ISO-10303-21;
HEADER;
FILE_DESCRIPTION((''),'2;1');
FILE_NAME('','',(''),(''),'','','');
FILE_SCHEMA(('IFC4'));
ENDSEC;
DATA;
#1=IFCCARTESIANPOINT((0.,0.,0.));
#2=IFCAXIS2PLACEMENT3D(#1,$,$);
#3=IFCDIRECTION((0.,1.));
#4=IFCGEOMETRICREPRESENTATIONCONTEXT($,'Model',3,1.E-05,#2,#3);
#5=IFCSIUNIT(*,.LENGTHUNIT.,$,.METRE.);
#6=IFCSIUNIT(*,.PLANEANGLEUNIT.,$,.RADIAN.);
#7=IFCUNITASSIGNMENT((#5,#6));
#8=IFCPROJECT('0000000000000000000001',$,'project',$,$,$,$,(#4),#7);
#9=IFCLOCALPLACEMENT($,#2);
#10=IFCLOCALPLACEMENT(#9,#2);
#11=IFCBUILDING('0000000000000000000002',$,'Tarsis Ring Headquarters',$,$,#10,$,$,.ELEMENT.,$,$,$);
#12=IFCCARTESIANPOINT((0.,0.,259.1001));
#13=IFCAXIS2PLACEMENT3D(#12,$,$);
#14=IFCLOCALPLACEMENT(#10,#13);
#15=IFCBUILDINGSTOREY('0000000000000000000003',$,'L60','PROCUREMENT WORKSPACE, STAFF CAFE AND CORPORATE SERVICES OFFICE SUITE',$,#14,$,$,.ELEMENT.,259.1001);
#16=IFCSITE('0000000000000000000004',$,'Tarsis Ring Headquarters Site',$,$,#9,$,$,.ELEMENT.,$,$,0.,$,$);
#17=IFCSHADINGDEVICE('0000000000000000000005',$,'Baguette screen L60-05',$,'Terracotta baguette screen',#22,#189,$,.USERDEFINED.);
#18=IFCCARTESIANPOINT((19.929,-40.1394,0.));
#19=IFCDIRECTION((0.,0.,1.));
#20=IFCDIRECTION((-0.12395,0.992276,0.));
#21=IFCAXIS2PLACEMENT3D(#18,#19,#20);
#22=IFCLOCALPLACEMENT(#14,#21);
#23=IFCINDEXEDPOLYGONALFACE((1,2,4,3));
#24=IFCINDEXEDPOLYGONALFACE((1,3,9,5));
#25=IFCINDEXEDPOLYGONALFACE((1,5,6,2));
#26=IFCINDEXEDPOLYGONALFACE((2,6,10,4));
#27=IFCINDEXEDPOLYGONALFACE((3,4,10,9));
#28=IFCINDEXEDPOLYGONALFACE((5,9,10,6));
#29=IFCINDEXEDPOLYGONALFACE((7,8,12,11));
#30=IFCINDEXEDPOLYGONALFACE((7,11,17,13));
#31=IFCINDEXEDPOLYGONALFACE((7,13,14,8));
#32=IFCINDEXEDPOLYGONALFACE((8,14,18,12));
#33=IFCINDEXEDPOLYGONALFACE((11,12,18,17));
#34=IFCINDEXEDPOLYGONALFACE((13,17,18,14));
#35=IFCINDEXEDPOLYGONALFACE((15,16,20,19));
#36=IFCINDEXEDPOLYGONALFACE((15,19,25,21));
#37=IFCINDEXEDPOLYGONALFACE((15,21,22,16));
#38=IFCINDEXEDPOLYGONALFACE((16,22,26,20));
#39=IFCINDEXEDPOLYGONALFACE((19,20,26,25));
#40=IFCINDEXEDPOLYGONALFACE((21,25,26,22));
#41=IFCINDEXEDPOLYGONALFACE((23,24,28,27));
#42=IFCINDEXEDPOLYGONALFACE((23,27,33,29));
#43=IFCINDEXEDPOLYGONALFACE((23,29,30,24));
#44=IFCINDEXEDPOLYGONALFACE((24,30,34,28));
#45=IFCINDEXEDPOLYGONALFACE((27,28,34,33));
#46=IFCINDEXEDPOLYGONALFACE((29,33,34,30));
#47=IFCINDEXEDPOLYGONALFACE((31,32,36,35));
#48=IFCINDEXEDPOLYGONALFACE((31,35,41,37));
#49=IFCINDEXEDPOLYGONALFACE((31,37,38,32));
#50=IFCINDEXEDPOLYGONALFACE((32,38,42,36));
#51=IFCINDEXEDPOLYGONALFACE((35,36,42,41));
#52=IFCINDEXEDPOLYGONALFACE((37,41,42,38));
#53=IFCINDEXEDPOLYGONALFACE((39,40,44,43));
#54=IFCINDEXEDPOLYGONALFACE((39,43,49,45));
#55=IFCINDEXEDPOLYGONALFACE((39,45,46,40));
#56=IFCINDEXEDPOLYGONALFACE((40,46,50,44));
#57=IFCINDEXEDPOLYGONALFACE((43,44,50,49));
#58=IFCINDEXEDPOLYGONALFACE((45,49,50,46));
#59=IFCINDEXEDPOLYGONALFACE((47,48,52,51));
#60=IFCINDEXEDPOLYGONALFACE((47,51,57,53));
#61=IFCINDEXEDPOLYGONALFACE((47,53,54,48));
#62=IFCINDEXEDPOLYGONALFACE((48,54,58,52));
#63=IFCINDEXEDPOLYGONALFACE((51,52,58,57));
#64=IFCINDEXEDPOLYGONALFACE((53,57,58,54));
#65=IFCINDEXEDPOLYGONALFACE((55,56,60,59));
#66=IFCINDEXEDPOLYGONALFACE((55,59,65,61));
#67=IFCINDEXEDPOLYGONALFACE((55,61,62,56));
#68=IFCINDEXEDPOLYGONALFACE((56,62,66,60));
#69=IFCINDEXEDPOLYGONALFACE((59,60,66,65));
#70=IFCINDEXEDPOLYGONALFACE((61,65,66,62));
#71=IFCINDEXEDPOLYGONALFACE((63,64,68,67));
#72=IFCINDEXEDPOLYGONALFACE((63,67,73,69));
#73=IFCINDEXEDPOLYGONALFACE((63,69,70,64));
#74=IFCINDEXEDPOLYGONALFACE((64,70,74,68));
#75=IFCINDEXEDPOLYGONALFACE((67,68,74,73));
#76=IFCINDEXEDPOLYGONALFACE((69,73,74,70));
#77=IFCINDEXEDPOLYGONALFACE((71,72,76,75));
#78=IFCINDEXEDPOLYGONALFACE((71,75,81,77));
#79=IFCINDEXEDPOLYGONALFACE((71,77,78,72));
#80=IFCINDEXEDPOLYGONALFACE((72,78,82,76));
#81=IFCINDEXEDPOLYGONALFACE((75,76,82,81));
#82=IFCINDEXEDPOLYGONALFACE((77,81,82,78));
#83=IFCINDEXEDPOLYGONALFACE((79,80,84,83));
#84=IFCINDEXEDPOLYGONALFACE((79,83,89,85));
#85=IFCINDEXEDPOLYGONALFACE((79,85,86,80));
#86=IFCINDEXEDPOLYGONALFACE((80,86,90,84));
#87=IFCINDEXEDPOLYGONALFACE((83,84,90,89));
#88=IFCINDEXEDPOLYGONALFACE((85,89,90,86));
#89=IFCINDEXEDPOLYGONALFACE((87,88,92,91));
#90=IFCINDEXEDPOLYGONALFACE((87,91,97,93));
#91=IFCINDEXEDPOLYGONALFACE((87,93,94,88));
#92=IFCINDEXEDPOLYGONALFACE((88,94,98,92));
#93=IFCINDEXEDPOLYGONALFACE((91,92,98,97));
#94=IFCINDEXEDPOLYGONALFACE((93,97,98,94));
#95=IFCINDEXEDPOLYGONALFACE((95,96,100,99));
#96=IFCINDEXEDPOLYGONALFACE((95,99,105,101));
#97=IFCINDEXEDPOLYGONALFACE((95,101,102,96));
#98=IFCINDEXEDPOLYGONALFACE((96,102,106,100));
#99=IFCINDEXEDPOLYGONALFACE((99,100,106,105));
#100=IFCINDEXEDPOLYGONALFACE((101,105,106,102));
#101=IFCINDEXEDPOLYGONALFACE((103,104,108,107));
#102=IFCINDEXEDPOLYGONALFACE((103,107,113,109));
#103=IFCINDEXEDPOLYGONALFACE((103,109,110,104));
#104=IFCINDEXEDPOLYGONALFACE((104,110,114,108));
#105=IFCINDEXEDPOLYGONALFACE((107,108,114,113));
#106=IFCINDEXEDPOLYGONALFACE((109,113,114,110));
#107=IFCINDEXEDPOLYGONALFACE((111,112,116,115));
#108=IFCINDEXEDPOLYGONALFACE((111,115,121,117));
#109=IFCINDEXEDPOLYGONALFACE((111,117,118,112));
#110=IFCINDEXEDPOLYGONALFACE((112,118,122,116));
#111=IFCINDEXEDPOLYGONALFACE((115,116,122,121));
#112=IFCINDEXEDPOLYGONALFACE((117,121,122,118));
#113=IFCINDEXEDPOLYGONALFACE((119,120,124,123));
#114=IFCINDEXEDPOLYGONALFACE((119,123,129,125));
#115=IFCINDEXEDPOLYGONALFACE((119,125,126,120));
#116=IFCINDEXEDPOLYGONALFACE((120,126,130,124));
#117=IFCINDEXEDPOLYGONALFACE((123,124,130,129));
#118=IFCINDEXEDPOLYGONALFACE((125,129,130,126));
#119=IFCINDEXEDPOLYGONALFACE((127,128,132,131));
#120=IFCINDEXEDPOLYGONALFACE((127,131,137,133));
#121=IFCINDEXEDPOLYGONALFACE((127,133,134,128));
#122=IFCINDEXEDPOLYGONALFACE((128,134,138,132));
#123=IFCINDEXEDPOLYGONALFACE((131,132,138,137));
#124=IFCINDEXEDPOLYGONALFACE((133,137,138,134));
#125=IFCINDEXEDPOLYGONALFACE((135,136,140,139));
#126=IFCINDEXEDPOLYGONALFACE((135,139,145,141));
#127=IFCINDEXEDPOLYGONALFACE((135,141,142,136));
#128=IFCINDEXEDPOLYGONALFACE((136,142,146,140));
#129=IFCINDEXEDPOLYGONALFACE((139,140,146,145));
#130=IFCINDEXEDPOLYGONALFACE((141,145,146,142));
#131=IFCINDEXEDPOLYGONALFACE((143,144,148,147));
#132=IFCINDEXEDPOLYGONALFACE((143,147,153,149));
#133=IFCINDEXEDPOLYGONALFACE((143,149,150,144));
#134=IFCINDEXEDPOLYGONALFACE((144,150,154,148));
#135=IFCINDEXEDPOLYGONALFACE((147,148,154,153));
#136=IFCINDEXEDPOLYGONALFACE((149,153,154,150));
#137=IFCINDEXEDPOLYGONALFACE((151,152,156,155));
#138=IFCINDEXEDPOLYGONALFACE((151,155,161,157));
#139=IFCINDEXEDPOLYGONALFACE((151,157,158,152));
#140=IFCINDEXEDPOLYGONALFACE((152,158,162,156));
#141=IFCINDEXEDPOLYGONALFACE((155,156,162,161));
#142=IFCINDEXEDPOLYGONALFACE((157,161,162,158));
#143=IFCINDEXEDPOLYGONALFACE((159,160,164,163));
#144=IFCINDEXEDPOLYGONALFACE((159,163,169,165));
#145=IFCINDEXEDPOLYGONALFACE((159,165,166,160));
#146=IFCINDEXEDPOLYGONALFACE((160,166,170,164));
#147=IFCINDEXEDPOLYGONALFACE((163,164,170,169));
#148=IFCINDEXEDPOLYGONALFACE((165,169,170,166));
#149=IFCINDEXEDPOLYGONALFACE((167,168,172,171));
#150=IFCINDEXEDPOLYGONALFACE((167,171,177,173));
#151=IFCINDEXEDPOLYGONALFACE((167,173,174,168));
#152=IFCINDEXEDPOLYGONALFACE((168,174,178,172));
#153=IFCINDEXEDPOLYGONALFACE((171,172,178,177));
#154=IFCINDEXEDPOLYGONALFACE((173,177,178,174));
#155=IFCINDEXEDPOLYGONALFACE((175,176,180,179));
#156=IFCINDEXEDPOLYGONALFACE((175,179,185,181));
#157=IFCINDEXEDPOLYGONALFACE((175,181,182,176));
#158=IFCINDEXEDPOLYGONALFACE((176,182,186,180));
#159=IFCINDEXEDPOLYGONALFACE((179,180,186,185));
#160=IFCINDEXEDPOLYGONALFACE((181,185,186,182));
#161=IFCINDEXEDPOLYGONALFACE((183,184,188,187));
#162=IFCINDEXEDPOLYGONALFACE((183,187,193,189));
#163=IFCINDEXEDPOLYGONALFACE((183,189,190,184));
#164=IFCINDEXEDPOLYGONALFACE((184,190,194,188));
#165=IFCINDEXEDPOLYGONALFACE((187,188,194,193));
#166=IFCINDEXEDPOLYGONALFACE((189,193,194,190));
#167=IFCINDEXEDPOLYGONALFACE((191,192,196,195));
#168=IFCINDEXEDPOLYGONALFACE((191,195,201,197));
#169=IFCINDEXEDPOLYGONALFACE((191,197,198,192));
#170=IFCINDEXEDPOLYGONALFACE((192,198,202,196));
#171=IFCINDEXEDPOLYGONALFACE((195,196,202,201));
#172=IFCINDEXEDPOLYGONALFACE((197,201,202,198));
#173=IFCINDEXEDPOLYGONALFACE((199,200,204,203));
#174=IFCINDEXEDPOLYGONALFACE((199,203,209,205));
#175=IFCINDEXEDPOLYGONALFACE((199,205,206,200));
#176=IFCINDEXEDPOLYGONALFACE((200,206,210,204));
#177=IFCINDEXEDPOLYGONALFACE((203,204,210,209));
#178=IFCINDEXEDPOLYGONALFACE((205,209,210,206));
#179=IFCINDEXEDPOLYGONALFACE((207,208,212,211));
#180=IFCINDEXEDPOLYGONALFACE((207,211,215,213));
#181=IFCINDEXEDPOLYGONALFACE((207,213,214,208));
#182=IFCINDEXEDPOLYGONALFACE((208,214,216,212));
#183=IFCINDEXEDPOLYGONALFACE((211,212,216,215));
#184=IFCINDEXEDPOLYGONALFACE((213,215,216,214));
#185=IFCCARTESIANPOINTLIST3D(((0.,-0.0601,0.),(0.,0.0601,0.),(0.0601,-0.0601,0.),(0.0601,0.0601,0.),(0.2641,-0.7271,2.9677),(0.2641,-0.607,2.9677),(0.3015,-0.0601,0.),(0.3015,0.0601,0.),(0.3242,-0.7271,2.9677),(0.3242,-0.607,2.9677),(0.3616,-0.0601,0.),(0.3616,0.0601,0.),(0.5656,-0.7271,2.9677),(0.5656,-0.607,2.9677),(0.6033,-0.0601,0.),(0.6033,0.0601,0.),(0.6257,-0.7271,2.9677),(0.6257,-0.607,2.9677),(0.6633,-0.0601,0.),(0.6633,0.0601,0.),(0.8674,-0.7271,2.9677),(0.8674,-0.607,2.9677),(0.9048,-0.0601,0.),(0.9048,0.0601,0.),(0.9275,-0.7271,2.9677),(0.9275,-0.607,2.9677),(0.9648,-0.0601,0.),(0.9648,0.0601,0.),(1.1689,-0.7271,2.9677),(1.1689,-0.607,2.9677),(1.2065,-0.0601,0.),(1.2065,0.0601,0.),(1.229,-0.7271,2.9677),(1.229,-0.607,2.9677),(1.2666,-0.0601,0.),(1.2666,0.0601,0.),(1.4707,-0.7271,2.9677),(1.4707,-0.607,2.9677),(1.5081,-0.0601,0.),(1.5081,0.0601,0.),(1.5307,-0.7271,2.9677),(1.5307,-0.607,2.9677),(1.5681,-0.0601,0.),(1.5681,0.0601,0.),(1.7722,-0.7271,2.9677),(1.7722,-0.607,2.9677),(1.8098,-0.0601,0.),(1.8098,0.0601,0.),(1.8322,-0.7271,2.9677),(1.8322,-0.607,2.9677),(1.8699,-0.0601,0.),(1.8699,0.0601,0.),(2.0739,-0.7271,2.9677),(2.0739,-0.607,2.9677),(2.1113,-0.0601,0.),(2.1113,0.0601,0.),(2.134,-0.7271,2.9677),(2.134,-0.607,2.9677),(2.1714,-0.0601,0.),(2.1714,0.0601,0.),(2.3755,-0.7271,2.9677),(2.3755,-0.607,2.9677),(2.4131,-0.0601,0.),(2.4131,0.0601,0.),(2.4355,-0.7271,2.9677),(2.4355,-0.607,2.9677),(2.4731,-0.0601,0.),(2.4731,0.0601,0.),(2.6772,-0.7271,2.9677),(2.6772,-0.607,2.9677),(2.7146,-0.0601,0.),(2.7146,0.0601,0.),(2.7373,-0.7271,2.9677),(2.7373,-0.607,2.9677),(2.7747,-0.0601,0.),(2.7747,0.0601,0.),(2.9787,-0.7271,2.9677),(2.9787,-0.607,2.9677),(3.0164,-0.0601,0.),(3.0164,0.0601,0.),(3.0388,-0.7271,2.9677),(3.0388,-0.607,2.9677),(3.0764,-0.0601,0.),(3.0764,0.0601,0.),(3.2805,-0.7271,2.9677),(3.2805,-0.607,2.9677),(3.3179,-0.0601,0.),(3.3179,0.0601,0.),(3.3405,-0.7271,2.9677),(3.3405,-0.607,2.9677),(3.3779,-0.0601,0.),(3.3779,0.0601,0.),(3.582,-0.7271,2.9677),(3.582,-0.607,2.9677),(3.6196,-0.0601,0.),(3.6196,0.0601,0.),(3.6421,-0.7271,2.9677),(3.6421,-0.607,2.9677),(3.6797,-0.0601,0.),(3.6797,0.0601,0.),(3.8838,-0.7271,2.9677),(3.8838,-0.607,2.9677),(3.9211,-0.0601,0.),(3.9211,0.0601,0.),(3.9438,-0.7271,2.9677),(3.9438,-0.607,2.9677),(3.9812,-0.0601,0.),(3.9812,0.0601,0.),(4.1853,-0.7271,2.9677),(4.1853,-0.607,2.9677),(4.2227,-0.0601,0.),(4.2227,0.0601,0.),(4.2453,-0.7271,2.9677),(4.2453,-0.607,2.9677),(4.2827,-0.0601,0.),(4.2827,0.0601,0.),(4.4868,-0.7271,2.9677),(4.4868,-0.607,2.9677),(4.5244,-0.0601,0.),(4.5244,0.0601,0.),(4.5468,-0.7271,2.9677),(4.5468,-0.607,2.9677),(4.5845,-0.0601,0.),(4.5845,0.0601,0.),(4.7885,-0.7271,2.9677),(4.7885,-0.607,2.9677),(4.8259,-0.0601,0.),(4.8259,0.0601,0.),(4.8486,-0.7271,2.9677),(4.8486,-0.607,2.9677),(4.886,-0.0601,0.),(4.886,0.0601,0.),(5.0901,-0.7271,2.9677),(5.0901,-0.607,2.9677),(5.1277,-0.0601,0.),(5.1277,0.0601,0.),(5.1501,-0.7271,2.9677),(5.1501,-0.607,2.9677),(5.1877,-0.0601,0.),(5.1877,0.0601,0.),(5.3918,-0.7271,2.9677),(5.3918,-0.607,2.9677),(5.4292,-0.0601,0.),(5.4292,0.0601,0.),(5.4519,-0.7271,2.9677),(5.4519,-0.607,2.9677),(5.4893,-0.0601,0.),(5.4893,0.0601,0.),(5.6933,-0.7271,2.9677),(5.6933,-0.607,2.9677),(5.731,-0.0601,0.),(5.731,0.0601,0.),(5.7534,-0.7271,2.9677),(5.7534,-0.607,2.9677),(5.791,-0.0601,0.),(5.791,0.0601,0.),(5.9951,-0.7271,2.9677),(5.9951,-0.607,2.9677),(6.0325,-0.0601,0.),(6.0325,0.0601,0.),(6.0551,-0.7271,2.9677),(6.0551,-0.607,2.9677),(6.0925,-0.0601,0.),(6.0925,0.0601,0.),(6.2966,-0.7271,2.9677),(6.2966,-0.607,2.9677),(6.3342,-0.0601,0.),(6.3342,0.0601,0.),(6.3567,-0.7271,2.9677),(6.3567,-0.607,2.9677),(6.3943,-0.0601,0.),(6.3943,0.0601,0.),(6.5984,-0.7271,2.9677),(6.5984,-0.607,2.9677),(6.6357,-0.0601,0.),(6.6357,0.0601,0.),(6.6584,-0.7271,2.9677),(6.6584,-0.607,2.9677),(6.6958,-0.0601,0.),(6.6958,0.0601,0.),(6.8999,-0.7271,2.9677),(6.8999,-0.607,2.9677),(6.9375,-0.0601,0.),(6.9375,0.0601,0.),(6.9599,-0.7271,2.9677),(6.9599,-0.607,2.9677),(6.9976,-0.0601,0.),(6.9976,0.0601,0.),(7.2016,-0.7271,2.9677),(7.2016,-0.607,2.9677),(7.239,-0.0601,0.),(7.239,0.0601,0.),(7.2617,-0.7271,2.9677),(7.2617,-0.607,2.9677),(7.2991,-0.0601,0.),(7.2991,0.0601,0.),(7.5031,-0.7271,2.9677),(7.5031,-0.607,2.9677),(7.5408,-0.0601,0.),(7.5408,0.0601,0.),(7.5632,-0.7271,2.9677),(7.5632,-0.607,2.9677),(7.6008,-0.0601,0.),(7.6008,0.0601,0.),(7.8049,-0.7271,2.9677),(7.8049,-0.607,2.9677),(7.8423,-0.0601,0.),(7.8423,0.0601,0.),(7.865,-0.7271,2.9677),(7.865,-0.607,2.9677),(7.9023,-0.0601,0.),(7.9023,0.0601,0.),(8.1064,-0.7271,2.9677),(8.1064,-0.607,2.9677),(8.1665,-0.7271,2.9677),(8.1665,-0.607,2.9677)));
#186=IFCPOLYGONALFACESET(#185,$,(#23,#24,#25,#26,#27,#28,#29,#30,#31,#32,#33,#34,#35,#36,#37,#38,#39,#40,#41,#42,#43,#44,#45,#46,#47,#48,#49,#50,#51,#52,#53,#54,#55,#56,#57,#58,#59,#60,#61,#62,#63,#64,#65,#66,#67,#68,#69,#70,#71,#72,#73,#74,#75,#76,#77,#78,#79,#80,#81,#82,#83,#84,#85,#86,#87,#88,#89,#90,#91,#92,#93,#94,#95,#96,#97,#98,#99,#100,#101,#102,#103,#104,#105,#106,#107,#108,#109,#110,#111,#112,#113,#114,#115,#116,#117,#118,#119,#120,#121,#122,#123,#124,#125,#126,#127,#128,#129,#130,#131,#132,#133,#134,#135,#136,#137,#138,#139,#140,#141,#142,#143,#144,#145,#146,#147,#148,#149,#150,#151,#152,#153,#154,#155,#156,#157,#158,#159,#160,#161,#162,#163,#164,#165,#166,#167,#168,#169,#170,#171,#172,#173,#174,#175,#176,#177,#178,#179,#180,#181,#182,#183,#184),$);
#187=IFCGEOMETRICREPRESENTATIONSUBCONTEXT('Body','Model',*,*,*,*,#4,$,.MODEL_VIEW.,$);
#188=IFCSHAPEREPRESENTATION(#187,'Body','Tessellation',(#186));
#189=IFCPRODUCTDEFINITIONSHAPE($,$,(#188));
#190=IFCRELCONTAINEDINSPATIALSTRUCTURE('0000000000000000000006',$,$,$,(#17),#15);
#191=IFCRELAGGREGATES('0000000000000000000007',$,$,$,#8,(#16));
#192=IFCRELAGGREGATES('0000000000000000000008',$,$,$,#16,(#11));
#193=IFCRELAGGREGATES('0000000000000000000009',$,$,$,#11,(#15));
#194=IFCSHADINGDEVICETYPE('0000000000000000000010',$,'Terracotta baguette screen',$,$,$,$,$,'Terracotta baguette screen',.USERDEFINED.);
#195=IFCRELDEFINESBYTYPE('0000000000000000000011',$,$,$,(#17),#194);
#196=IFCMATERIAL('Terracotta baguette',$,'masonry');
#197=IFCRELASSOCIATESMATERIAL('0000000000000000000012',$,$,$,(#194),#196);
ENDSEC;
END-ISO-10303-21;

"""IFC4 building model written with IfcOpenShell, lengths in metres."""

from ifc_helpers import new_model, si_unit, direction, frame, frame_2d, origin, place, context, subcontext, project, spatial, rectangle, composite_profile, extrude, material, type_object, element, save


model = new_model("IFC4")

# Units and contexts
model_context = context("Model", 3, precision=1e-05, world=origin(), true_north=direction((0.0, 1.0)))
body_context = subcontext(model_context, "Body", "Model", "MODEL_VIEW")
ifc_project = project(units=[si_unit("LENGTHUNIT", "METRE"), si_unit("PLANEANGLEUNIT", "RADIAN")], contexts=[model_context])

# Site, building, storey
site_placement = place(None, origin())
site = spatial("IfcSite", under=ifc_project, at=site_placement, Name="Tarsis Ring Headquarters Site", CompositionType="ELEMENT", RefElevation=0.0)
building_placement = place(site_placement, origin())
building = spatial("IfcBuilding", under=site, at=building_placement, Name="Tarsis Ring Headquarters", CompositionType="ELEMENT")
storey_placement = place(building_placement, frame((0.0, 0.0, 259.1001)))
storey = spatial("IfcBuildingStorey", under=building, at=storey_placement, Name="L60", Description="PROCUREMENT WORKSPACE, STAFF CAFE AND CORPORATE SERVICES OFFICE SUITE", CompositionType="ELEMENT", Elevation=259.1001)

# Shading device
ifc_material_1 = material(Name="Terracotta baguette", Category="masonry")
shading_device_type_1 = type_object("IfcShadingDeviceType", Name="Terracotta baguette screen", ElementType="Terracotta baguette screen", PredefinedType="USERDEFINED", material=ifc_material_1)
shading_device_1_placement = place(storey_placement, frame((19.929, -40.1394, 0.0), z_axis=(0.0, 0.0, 1.0), x_axis=(-0.12395, 0.992276, 0.0)))
element("IfcShadingDevice", 1, at=shading_device_1_placement, inside=storey, type_object=shading_device_type_1, Name="Baguette screen L60-05", ObjectType="Terracotta baguette screen", PredefinedType="USERDEFINED", context=body_context, shape_type="SweptSolid", body=[
    extrude(composite_profile([rectangle(XDim=0.0601, YDim=0.1201, at=frame_2d((0.03, 0.0))), rectangle(XDim=0.0601, YDim=0.1201, at=frame_2d((0.3315, 0.0))), rectangle(XDim=0.0601, YDim=0.1201, at=frame_2d((0.6333, 0.0))), rectangle(XDim=0.0601, YDim=0.1201, at=frame_2d((0.9348, 0.0))), rectangle(XDim=0.0601, YDim=0.1201, at=frame_2d((1.2366, 0.0))), rectangle(XDim=0.0601, YDim=0.1201, at=frame_2d((1.5381, 0.0))), rectangle(XDim=0.0601, YDim=0.1201, at=frame_2d((1.8398, 0.0))), rectangle(XDim=0.0601, YDim=0.1201, at=frame_2d((2.1414, 0.0))), rectangle(XDim=0.0601, YDim=0.1201, at=frame_2d((2.4431, 0.0))), rectangle(XDim=0.0601, YDim=0.1201, at=frame_2d((2.7446, 0.0))), rectangle(XDim=0.0601, YDim=0.1201, at=frame_2d((3.0464, 0.0))), rectangle(XDim=0.0601, YDim=0.1201, at=frame_2d((3.3479, 0.0))), rectangle(XDim=0.0601, YDim=0.1201, at=frame_2d((3.6497, 0.0))), rectangle(XDim=0.0601, YDim=0.1201, at=frame_2d((3.9512, 0.0))), rectangle(XDim=0.0601, YDim=0.1201, at=frame_2d((4.2527, 0.0))), rectangle(XDim=0.0601, YDim=0.1201, at=frame_2d((4.5544, 0.0))), rectangle(XDim=0.0601, YDim=0.1201, at=frame_2d((4.856, 0.0))), rectangle(XDim=0.0601, YDim=0.1201, at=frame_2d((5.1577, 0.0))), rectangle(XDim=0.0601, YDim=0.1201, at=frame_2d((5.4592, 0.0))), rectangle(XDim=0.0601, YDim=0.1201, at=frame_2d((5.761, 0.0))), rectangle(XDim=0.0601, YDim=0.1201, at=frame_2d((6.0625, 0.0))), rectangle(XDim=0.0601, YDim=0.1201, at=frame_2d((6.3643, 0.0))), rectangle(XDim=0.0601, YDim=0.1201, at=frame_2d((6.6658, 0.0))), rectangle(XDim=0.0601, YDim=0.1201, at=frame_2d((6.9675, 0.0))), rectangle(XDim=0.0601, YDim=0.1201, at=frame_2d((7.269, 0.0))), rectangle(XDim=0.0601, YDim=0.1201, at=frame_2d((7.5708, 0.0))), rectangle(XDim=0.0601, YDim=0.1201, at=frame_2d((7.8723, 0.0)))]), origin(), (0.086508, -0.218462, 0.972004), 3.0532),
])

save(model, "model.ifc")
